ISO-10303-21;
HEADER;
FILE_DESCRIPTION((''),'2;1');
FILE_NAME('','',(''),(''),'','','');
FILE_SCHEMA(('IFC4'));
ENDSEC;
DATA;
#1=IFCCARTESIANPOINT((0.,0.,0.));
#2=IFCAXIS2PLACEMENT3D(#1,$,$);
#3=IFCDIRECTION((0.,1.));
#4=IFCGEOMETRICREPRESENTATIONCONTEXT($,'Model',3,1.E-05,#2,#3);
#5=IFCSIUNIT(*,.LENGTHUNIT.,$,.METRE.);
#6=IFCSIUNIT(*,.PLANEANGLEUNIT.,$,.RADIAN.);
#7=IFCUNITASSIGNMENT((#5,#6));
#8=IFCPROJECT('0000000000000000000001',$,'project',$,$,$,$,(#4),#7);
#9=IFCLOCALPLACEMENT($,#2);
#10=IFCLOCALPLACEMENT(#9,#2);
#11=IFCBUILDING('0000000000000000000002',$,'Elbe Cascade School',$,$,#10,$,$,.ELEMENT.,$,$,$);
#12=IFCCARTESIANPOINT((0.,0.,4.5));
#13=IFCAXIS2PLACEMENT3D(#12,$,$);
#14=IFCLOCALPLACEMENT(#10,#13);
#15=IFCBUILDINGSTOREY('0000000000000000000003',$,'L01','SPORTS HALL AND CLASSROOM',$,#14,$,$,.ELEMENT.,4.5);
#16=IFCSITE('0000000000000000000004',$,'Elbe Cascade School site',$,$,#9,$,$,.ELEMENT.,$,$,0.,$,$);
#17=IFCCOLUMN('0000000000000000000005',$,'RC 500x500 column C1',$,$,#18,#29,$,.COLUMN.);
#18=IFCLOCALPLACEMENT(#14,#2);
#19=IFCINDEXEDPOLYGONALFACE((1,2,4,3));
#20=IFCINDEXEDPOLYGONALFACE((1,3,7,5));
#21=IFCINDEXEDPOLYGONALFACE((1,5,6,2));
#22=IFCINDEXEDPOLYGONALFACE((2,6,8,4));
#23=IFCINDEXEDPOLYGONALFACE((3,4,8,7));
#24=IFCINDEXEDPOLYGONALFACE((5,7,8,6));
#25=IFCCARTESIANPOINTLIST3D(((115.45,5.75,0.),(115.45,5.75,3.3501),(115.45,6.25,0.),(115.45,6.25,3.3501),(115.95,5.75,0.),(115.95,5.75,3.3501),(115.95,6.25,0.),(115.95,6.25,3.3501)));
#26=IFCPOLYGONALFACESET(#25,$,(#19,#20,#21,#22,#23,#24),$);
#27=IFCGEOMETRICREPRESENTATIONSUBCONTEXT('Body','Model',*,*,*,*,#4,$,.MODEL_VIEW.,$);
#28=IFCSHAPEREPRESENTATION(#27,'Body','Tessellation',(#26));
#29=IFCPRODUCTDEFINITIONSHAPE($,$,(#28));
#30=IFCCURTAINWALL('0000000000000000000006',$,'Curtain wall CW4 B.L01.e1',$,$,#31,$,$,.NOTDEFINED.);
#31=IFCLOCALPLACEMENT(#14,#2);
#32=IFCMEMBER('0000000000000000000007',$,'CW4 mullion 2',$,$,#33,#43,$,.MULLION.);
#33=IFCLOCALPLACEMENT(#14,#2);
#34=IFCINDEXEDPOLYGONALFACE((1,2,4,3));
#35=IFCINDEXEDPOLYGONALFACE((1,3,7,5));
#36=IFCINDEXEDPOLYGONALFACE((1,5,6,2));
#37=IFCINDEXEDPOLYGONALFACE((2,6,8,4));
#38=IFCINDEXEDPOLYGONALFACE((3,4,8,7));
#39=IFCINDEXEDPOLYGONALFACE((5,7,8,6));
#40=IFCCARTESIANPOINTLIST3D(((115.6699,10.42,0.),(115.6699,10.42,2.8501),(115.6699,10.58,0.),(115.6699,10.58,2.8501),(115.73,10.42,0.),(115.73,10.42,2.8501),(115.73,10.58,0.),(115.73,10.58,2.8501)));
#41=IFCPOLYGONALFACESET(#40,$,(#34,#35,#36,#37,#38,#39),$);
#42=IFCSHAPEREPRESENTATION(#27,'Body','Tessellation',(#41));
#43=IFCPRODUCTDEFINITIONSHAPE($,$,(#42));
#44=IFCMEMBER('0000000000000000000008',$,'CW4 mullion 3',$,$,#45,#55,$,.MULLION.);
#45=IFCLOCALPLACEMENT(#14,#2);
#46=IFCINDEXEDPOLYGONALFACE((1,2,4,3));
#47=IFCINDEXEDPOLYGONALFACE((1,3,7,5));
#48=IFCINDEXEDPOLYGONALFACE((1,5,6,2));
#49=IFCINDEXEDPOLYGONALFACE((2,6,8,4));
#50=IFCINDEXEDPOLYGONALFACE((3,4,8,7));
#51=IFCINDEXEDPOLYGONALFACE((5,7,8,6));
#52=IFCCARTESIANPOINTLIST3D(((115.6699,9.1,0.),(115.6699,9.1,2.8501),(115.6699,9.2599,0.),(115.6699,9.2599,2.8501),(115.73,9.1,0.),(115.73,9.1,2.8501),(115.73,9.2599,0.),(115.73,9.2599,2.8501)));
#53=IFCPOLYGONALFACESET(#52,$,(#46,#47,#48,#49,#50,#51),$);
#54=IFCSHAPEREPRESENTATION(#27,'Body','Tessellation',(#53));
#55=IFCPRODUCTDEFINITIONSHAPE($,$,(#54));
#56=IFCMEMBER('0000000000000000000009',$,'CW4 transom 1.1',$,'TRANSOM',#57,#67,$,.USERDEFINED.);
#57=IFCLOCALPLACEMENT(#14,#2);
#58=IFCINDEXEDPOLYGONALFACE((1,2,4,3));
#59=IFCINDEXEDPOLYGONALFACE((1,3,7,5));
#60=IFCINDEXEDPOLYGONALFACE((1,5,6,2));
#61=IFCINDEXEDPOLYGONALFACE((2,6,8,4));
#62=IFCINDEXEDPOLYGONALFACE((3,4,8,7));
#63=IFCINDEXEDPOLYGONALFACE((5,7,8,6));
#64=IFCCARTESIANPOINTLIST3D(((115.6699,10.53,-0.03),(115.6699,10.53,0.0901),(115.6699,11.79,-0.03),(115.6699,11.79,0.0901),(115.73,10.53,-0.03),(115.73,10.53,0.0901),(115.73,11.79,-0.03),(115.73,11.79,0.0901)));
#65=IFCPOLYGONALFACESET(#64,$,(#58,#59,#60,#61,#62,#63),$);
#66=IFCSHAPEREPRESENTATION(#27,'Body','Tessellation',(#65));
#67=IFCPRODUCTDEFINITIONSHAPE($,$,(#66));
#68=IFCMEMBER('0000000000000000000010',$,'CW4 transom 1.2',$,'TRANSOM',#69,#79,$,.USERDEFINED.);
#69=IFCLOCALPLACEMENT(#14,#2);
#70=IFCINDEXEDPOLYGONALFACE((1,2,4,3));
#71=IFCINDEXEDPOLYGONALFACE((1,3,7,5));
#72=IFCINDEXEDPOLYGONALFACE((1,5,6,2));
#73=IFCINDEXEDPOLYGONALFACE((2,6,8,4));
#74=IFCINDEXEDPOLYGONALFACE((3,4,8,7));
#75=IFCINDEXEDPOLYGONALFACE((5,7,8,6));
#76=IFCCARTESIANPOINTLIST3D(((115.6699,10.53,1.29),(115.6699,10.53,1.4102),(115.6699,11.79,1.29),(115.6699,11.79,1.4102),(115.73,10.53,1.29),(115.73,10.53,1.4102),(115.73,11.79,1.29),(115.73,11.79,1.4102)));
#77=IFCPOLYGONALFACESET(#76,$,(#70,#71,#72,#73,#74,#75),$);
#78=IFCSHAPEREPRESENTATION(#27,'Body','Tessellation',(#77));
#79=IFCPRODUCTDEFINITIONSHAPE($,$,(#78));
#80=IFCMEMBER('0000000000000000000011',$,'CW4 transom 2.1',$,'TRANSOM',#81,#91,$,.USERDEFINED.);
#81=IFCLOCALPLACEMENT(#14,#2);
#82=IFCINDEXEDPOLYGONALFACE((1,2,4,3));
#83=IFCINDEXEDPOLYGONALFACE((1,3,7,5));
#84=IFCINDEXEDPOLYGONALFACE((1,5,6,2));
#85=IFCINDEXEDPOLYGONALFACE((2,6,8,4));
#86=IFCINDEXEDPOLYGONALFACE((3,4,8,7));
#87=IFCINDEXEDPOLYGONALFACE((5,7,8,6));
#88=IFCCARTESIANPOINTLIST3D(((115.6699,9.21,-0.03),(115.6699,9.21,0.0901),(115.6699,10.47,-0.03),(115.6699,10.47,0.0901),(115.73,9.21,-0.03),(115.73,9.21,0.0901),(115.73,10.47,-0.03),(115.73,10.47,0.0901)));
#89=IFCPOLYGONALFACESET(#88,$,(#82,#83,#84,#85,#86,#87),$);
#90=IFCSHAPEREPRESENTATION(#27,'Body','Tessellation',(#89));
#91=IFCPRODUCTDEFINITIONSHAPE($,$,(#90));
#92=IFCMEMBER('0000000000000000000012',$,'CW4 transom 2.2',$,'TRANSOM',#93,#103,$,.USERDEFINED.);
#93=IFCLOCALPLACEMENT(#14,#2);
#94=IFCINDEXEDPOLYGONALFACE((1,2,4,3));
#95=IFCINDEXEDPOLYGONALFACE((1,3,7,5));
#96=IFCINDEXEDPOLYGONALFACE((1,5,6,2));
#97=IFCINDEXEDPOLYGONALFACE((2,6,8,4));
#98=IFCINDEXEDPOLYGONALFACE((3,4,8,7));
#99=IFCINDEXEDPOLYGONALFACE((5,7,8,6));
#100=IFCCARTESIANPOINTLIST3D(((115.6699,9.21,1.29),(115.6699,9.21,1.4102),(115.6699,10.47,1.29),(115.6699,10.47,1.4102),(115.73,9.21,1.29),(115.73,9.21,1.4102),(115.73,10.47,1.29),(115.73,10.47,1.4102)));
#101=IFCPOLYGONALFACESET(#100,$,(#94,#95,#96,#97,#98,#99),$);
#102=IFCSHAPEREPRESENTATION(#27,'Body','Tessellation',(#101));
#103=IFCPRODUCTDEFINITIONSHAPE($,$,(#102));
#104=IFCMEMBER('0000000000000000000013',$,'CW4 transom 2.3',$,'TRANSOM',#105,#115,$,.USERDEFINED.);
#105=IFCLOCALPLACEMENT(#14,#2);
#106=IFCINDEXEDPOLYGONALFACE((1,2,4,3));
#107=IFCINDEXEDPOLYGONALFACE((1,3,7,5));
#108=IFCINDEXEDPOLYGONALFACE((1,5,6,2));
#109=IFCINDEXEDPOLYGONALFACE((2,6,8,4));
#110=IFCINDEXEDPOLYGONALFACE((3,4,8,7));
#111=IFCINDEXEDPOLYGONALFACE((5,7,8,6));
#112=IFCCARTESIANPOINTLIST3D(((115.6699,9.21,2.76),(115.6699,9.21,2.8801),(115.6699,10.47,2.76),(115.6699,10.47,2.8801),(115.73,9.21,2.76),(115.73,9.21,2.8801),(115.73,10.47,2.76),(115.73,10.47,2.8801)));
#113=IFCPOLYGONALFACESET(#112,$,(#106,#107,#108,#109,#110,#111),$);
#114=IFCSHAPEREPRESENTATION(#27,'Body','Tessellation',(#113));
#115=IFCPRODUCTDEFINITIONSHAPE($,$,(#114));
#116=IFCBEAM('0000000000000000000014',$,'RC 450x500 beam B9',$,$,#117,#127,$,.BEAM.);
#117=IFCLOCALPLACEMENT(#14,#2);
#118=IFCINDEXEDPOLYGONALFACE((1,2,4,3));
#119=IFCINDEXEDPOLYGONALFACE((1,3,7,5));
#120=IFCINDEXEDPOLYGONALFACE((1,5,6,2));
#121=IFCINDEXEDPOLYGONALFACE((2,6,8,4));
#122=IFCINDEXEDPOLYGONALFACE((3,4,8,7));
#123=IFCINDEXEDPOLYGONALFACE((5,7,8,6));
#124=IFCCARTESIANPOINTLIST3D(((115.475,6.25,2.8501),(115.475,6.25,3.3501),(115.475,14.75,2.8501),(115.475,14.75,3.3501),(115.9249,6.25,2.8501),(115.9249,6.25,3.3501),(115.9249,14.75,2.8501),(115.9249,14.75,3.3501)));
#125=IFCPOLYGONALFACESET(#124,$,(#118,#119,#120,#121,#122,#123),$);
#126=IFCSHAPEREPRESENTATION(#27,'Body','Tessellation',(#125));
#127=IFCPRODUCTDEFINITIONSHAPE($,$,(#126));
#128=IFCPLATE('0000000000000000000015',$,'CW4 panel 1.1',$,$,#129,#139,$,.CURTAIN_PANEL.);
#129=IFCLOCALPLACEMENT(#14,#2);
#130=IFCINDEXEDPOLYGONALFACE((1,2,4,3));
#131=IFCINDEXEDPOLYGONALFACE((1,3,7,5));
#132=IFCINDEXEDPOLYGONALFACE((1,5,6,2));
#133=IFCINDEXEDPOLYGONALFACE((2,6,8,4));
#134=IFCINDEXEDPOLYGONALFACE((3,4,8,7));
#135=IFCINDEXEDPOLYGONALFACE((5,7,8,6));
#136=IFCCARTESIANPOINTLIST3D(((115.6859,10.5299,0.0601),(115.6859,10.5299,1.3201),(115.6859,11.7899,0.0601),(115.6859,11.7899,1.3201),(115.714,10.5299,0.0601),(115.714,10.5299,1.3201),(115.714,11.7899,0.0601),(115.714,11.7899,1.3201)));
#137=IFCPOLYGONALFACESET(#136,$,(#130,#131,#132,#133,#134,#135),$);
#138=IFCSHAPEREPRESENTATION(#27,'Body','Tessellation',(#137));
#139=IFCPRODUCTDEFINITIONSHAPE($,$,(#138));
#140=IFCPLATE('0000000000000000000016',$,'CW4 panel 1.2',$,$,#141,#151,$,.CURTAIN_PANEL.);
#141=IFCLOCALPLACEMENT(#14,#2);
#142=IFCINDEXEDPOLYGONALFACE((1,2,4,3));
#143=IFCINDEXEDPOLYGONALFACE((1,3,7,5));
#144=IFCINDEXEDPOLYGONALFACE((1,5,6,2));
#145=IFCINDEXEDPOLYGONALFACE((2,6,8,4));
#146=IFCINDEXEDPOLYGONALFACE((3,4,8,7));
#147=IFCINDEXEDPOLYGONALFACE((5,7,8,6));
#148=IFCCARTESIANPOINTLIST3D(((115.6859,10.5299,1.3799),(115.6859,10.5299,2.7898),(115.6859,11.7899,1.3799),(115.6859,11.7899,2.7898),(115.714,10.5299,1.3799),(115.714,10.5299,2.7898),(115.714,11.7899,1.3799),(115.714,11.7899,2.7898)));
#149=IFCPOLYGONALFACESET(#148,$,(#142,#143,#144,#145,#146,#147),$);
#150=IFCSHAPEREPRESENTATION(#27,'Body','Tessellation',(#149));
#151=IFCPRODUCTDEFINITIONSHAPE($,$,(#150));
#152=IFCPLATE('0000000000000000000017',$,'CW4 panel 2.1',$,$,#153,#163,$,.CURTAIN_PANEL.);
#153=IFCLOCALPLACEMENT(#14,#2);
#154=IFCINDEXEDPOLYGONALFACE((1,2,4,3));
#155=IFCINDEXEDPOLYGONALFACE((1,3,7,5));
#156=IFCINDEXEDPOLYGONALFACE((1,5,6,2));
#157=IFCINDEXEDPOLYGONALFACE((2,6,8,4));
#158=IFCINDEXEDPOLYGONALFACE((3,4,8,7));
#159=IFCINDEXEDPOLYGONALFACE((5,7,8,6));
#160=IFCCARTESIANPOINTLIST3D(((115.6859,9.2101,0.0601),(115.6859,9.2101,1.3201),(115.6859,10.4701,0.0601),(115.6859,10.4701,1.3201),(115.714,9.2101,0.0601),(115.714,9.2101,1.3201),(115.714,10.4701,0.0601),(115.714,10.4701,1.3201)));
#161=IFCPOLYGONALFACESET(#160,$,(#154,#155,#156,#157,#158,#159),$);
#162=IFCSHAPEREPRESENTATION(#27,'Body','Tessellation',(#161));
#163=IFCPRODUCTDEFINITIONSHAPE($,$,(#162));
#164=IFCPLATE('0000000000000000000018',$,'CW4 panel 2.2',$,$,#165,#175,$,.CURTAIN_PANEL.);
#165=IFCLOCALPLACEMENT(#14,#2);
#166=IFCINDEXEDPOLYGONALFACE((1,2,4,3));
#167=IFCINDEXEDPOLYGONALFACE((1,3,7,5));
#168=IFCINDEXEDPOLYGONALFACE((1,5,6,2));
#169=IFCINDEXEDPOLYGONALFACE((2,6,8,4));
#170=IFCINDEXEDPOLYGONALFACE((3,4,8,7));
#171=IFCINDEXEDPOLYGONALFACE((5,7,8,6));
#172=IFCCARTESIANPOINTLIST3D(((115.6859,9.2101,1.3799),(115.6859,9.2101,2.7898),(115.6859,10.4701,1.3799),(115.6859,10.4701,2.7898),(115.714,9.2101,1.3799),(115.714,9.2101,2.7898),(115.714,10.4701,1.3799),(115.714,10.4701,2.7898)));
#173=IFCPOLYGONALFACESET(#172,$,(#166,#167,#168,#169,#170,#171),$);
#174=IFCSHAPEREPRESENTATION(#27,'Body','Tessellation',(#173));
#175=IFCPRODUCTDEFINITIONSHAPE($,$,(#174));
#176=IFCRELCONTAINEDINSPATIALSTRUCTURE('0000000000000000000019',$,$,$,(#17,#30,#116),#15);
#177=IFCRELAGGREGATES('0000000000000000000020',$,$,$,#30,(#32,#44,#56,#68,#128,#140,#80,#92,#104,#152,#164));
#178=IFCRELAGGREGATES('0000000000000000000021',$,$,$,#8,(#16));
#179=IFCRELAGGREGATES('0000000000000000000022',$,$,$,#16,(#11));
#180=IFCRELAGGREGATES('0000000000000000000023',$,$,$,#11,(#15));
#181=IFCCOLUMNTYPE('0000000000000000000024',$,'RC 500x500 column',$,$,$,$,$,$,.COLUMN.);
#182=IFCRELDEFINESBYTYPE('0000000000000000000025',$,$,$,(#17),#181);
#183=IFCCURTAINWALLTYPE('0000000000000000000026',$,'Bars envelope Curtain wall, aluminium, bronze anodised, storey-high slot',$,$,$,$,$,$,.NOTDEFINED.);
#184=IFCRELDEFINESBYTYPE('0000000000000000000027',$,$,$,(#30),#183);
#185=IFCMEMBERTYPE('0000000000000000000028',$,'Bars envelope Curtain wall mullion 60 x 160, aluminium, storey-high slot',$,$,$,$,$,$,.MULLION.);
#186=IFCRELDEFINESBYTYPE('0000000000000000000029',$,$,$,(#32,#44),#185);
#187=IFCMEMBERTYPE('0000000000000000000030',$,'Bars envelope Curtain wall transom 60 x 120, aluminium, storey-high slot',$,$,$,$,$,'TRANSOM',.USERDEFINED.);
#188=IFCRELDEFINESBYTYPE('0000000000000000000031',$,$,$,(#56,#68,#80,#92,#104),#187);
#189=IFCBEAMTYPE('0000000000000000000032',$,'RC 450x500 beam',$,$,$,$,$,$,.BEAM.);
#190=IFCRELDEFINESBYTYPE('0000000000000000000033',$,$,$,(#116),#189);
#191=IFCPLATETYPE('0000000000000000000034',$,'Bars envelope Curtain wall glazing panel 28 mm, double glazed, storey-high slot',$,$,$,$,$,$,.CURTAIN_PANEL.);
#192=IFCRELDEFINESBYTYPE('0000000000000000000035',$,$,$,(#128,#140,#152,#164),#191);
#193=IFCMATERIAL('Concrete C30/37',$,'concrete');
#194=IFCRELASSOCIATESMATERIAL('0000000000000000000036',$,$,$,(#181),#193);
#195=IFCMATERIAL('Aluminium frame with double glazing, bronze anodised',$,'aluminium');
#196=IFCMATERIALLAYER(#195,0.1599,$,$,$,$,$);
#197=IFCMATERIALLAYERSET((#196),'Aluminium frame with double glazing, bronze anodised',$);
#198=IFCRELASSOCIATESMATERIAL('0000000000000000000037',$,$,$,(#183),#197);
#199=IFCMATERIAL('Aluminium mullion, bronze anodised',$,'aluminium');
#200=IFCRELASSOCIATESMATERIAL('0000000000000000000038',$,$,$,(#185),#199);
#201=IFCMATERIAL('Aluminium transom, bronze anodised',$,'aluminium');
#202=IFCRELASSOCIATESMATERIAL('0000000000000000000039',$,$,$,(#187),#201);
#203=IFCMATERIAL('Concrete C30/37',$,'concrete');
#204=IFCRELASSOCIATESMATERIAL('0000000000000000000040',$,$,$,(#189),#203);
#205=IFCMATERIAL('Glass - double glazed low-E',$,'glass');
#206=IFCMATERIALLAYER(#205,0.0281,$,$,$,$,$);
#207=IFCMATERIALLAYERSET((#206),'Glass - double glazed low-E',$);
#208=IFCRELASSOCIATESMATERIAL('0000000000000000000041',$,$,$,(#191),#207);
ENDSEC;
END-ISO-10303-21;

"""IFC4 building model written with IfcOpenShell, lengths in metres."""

from ifc_helpers import new_model, si_unit, direction, frame, origin, origin_2d, place, context, subcontext, project, spatial, rectangle, extrude, material, layer, layer_set, material_profile, profile_set, type_object, element, aggregate, save


model = new_model("IFC4")

# Units and contexts
model_context = context("Model", 3, precision=1e-05, world=origin(), true_north=direction((0.0, 1.0)))
body_context = subcontext(model_context, "Body", "Model", "MODEL_VIEW")
ifc_project = project(units=[si_unit("LENGTHUNIT", "METRE"), si_unit("PLANEANGLEUNIT", "RADIAN")], contexts=[model_context])

# Site, building, storey
site_placement = place(None, origin())
site = spatial("IfcSite", under=ifc_project, at=site_placement, Name="Elbe Cascade School site", CompositionType="ELEMENT", RefElevation=0.0)
building_placement = place(site_placement, origin())
building = spatial("IfcBuilding", under=site, at=building_placement, Name="Elbe Cascade School", CompositionType="ELEMENT")
storey_placement = place(building_placement, frame((0.0, 0.0, 4.5)))
storey = spatial("IfcBuildingStorey", under=building, at=storey_placement, Name="L01", Description="SPORTS HALL AND CLASSROOM", CompositionType="ELEMENT", Elevation=4.5)

# Column
ifc_material_1 = material(Name="Concrete C30/37", Category="concrete")
ifc_material_profile_1 = material_profile(ifc_material_1, rectangle(XDim=0.5, YDim=0.5, at=origin_2d()), Name="RC 500x500")
ifc_profile_set_1 = profile_set([ifc_material_profile_1], Name="Concrete C30/37")
column_type = type_object("IfcColumnType", Name="RC 500x500 column", PredefinedType="COLUMN", material=ifc_profile_set_1)
column_placement = place(storey_placement, frame((115.7, 6.0, 0.0), z_axis=(0.0, 0.0, 1.0), x_axis=(1.0, 0.0, 0.0)))
element("IfcColumn", 1, at=column_placement, inside=storey, type_object=column_type, Name="RC 500x500 column C1", PredefinedType="COLUMN", context=body_context, shape_type="SweptSolid", body=[
    extrude(rectangle(XDim=0.5, YDim=0.5, at=origin_2d()), origin(), (0.0, 0.0, 1.0), 3.3501),
])

# Curtain wall, members
ifc_material_2 = material(Name="Aluminium frame with double glazing, bronze anodised", Category="aluminium")
ifc_layer_1 = layer(ifc_material_2, 0.1599)
ifc_layer_set_1 = layer_set([ifc_layer_1], Name="Aluminium frame with double glazing, bronze anodised")
curtain_wall_type = type_object("IfcCurtainWallType", Name="Bars envelope Curtain wall, aluminium, bronze anodised, storey-high slot", PredefinedType="NOTDEFINED", material=ifc_layer_set_1)
curtain_wall_placement = place(storey_placement, origin())
curtain_wall = element("IfcCurtainWall", 2, at=curtain_wall_placement, inside=storey, type_object=curtain_wall_type, Name="Curtain wall CW4 B.L01.e1", PredefinedType="NOTDEFINED")
ifc_material_3 = material(Name="Aluminium mullion, bronze anodised", Category="aluminium")
ifc_material_profile_2 = material_profile(ifc_material_3, rectangle(XDim=0.0601, YDim=0.1599, at=origin_2d()), Name="Bars envelope Curtain wall mullion 60 x 160, aluminium, storey-high slot")
ifc_profile_set_2 = profile_set([ifc_material_profile_2], Name="Aluminium mullion, bronze anodised")
member_type_1 = type_object("IfcMemberType", Name="Bars envelope Curtain wall mullion 60 x 160, aluminium, storey-high slot", PredefinedType="MULLION", material=ifc_profile_set_2)
member_1_placement = place(storey_placement, frame((115.7, 10.5, 0.0), z_axis=(0.0, 0.0, 1.0), x_axis=(1.0, 0.0, 0.0)))
member_1 = element("IfcMember", 3, at=member_1_placement, type_object=member_type_1, Name="CW4 mullion 2", PredefinedType="MULLION", context=body_context, shape_type="SweptSolid", body=[
    extrude(rectangle(XDim=0.0601, YDim=0.1599, at=origin_2d()), origin(), (0.0, 0.0, 1.0), 2.8501),
])
member_2_placement = place(storey_placement, frame((115.7, 9.1799, 0.0), z_axis=(0.0, 0.0, 1.0), x_axis=(1.0, 0.0, 0.0)))
member_2 = element("IfcMember", 4, at=member_2_placement, type_object=member_type_1, Name="CW4 mullion 3", PredefinedType="MULLION", context=body_context, shape_type="SweptSolid", body=[
    extrude(rectangle(XDim=0.0601, YDim=0.1599, at=origin_2d()), origin(), (0.0, 0.0, 1.0), 2.8501),
])
ifc_material_4 = material(Name="Aluminium transom, bronze anodised", Category="aluminium")
ifc_material_profile_3 = material_profile(ifc_material_4, rectangle(XDim=0.0601, YDim=0.1201, at=origin_2d()), Name="Bars envelope Curtain wall transom 60 x 120, aluminium, storey-high slot")
ifc_profile_set_3 = profile_set([ifc_material_profile_3], Name="Aluminium transom, bronze anodised")
member_type_2 = type_object("IfcMemberType", Name="Bars envelope Curtain wall transom 60 x 120, aluminium, storey-high slot", ElementType="TRANSOM", PredefinedType="USERDEFINED", material=ifc_profile_set_3)
member_3_placement = place(storey_placement, frame((115.7, 11.79, 0.03), z_axis=(0.0, -1.0, 0.0), x_axis=(1.0, 0.0, 0.0)))
member_3 = element("IfcMember", 5, at=member_3_placement, type_object=member_type_2, Name="CW4 transom 1.1", ObjectType="TRANSOM", PredefinedType="USERDEFINED", context=body_context, shape_type="SweptSolid", body=[
    extrude(rectangle(XDim=0.0601, YDim=0.1201, at=origin_2d()), origin(), (0.0, 0.0, 1.0), 1.26),
])
member_4_placement = place(storey_placement, frame((115.7, 11.79, 1.3501), z_axis=(0.0, -1.0, 0.0), x_axis=(1.0, 0.0, 0.0)))
member_4 = element("IfcMember", 6, at=member_4_placement, type_object=member_type_2, Name="CW4 transom 1.2", ObjectType="TRANSOM", PredefinedType="USERDEFINED", context=body_context, shape_type="SweptSolid", body=[
    extrude(rectangle(XDim=0.0601, YDim=0.1201, at=origin_2d()), origin(), (0.0, 0.0, 1.0), 1.26),
])
member_5_placement = place(storey_placement, frame((115.7, 10.47, 0.03), z_axis=(0.0, -1.0, 0.0), x_axis=(1.0, 0.0, 0.0)))
member_5 = element("IfcMember", 7, at=member_5_placement, type_object=member_type_2, Name="CW4 transom 2.1", ObjectType="TRANSOM", PredefinedType="USERDEFINED", context=body_context, shape_type="SweptSolid", body=[
    extrude(rectangle(XDim=0.0601, YDim=0.1201, at=origin_2d()), origin(), (0.0, 0.0, 1.0), 1.26),
])
member_6_placement = place(storey_placement, frame((115.7, 10.47, 1.3501), z_axis=(0.0, -1.0, 0.0), x_axis=(1.0, 0.0, 0.0)))
member_6 = element("IfcMember", 8, at=member_6_placement, type_object=member_type_2, Name="CW4 transom 2.2", ObjectType="TRANSOM", PredefinedType="USERDEFINED", context=body_context, shape_type="SweptSolid", body=[
    extrude(rectangle(XDim=0.0601, YDim=0.1201, at=origin_2d()), origin(), (0.0, 0.0, 1.0), 1.26),
])
member_7_placement = place(storey_placement, frame((115.7, 10.47, 2.8201), z_axis=(0.0, -1.0, 0.0), x_axis=(1.0, 0.0, 0.0)))
member_7 = element("IfcMember", 9, at=member_7_placement, type_object=member_type_2, Name="CW4 transom 2.3", ObjectType="TRANSOM", PredefinedType="USERDEFINED", context=body_context, shape_type="SweptSolid", body=[
    extrude(rectangle(XDim=0.0601, YDim=0.1201, at=origin_2d()), origin(), (0.0, 0.0, 1.0), 1.26),
])

# Beam
ifc_material_5 = material(Name="Concrete C30/37", Category="concrete")
ifc_material_profile_4 = material_profile(ifc_material_5, rectangle(XDim=0.45, YDim=0.5, at=origin_2d()), Name="RC 450x500")
ifc_profile_set_4 = profile_set([ifc_material_profile_4], Name="Concrete C30/37")
beam_type = type_object("IfcBeamType", Name="RC 450x500 beam", PredefinedType="BEAM", material=ifc_profile_set_4)
beam_placement = place(storey_placement, frame((115.7, 6.25, 3.1001), z_axis=(0.0, 1.0, 0.0), x_axis=(-1.0, 0.0, 0.0)))
element("IfcBeam", 10, at=beam_placement, inside=storey, type_object=beam_type, Name="RC 450x500 beam B9", PredefinedType="BEAM", context=body_context, shape_type="SweptSolid", body=[
    extrude(rectangle(XDim=0.45, YDim=0.5, at=origin_2d()), origin(), (0.0, 0.0, 1.0), 8.5),
])

# Plates
ifc_material_6 = material(Name="Glass - double glazed low-E", Category="glass")
ifc_layer_2 = layer(ifc_material_6, 0.0281)
ifc_layer_set_2 = layer_set([ifc_layer_2], Name="Glass - double glazed low-E")
plate_type = type_object("IfcPlateType", Name="Bars envelope Curtain wall glazing panel 28 mm, double glazed, storey-high slot", PredefinedType="CURTAIN_PANEL", material=ifc_layer_set_2)
plate_1_placement = place(storey_placement, frame((115.7, 11.1599, 0.0601), z_axis=(0.0, 0.0, 1.0), x_axis=(0.0, -1.0, 0.0)))
plate_1 = element("IfcPlate", 11, at=plate_1_placement, type_object=plate_type, Name="CW4 panel 1.1", PredefinedType="CURTAIN_PANEL", context=body_context, shape_type="SweptSolid", body=[
    extrude(rectangle(XDim=1.26, YDim=0.0281, at=origin_2d()), origin(), (0.0, 0.0, 1.0), 1.26),
])
plate_2_placement = place(storey_placement, frame((115.7, 11.1599, 1.3799), z_axis=(0.0, 0.0, 1.0), x_axis=(0.0, -1.0, 0.0)))
plate_2 = element("IfcPlate", 12, at=plate_2_placement, type_object=plate_type, Name="CW4 panel 1.2", PredefinedType="CURTAIN_PANEL", context=body_context, shape_type="SweptSolid", body=[
    extrude(rectangle(XDim=1.26, YDim=0.0281, at=origin_2d()), origin(), (0.0, 0.0, 1.0), 1.4099),
])
plate_3_placement = place(storey_placement, frame((115.7, 9.8401, 0.0601), z_axis=(0.0, 0.0, 1.0), x_axis=(0.0, -1.0, 0.0)))
plate_3 = element("IfcPlate", 13, at=plate_3_placement, type_object=plate_type, Name="CW4 panel 2.1", PredefinedType="CURTAIN_PANEL", context=body_context, shape_type="SweptSolid", body=[
    extrude(rectangle(XDim=1.26, YDim=0.0281, at=origin_2d()), origin(), (0.0, 0.0, 1.0), 1.26),
])
plate_4_placement = place(storey_placement, frame((115.7, 9.8401, 1.3799), z_axis=(0.0, 0.0, 1.0), x_axis=(0.0, -1.0, 0.0)))
plate_4 = element("IfcPlate", 14, at=plate_4_placement, type_object=plate_type, Name="CW4 panel 2.2", PredefinedType="CURTAIN_PANEL", context=body_context, shape_type="SweptSolid", body=[
    extrude(rectangle(XDim=1.26, YDim=0.0281, at=origin_2d()), origin(), (0.0, 0.0, 1.0), 1.4099),
])
aggregate(curtain_wall, [member_1, member_2, member_3, member_4, plate_1, plate_2, member_5, member_6, member_7, plate_3, plate_4])

save(model, "model.ifc")
